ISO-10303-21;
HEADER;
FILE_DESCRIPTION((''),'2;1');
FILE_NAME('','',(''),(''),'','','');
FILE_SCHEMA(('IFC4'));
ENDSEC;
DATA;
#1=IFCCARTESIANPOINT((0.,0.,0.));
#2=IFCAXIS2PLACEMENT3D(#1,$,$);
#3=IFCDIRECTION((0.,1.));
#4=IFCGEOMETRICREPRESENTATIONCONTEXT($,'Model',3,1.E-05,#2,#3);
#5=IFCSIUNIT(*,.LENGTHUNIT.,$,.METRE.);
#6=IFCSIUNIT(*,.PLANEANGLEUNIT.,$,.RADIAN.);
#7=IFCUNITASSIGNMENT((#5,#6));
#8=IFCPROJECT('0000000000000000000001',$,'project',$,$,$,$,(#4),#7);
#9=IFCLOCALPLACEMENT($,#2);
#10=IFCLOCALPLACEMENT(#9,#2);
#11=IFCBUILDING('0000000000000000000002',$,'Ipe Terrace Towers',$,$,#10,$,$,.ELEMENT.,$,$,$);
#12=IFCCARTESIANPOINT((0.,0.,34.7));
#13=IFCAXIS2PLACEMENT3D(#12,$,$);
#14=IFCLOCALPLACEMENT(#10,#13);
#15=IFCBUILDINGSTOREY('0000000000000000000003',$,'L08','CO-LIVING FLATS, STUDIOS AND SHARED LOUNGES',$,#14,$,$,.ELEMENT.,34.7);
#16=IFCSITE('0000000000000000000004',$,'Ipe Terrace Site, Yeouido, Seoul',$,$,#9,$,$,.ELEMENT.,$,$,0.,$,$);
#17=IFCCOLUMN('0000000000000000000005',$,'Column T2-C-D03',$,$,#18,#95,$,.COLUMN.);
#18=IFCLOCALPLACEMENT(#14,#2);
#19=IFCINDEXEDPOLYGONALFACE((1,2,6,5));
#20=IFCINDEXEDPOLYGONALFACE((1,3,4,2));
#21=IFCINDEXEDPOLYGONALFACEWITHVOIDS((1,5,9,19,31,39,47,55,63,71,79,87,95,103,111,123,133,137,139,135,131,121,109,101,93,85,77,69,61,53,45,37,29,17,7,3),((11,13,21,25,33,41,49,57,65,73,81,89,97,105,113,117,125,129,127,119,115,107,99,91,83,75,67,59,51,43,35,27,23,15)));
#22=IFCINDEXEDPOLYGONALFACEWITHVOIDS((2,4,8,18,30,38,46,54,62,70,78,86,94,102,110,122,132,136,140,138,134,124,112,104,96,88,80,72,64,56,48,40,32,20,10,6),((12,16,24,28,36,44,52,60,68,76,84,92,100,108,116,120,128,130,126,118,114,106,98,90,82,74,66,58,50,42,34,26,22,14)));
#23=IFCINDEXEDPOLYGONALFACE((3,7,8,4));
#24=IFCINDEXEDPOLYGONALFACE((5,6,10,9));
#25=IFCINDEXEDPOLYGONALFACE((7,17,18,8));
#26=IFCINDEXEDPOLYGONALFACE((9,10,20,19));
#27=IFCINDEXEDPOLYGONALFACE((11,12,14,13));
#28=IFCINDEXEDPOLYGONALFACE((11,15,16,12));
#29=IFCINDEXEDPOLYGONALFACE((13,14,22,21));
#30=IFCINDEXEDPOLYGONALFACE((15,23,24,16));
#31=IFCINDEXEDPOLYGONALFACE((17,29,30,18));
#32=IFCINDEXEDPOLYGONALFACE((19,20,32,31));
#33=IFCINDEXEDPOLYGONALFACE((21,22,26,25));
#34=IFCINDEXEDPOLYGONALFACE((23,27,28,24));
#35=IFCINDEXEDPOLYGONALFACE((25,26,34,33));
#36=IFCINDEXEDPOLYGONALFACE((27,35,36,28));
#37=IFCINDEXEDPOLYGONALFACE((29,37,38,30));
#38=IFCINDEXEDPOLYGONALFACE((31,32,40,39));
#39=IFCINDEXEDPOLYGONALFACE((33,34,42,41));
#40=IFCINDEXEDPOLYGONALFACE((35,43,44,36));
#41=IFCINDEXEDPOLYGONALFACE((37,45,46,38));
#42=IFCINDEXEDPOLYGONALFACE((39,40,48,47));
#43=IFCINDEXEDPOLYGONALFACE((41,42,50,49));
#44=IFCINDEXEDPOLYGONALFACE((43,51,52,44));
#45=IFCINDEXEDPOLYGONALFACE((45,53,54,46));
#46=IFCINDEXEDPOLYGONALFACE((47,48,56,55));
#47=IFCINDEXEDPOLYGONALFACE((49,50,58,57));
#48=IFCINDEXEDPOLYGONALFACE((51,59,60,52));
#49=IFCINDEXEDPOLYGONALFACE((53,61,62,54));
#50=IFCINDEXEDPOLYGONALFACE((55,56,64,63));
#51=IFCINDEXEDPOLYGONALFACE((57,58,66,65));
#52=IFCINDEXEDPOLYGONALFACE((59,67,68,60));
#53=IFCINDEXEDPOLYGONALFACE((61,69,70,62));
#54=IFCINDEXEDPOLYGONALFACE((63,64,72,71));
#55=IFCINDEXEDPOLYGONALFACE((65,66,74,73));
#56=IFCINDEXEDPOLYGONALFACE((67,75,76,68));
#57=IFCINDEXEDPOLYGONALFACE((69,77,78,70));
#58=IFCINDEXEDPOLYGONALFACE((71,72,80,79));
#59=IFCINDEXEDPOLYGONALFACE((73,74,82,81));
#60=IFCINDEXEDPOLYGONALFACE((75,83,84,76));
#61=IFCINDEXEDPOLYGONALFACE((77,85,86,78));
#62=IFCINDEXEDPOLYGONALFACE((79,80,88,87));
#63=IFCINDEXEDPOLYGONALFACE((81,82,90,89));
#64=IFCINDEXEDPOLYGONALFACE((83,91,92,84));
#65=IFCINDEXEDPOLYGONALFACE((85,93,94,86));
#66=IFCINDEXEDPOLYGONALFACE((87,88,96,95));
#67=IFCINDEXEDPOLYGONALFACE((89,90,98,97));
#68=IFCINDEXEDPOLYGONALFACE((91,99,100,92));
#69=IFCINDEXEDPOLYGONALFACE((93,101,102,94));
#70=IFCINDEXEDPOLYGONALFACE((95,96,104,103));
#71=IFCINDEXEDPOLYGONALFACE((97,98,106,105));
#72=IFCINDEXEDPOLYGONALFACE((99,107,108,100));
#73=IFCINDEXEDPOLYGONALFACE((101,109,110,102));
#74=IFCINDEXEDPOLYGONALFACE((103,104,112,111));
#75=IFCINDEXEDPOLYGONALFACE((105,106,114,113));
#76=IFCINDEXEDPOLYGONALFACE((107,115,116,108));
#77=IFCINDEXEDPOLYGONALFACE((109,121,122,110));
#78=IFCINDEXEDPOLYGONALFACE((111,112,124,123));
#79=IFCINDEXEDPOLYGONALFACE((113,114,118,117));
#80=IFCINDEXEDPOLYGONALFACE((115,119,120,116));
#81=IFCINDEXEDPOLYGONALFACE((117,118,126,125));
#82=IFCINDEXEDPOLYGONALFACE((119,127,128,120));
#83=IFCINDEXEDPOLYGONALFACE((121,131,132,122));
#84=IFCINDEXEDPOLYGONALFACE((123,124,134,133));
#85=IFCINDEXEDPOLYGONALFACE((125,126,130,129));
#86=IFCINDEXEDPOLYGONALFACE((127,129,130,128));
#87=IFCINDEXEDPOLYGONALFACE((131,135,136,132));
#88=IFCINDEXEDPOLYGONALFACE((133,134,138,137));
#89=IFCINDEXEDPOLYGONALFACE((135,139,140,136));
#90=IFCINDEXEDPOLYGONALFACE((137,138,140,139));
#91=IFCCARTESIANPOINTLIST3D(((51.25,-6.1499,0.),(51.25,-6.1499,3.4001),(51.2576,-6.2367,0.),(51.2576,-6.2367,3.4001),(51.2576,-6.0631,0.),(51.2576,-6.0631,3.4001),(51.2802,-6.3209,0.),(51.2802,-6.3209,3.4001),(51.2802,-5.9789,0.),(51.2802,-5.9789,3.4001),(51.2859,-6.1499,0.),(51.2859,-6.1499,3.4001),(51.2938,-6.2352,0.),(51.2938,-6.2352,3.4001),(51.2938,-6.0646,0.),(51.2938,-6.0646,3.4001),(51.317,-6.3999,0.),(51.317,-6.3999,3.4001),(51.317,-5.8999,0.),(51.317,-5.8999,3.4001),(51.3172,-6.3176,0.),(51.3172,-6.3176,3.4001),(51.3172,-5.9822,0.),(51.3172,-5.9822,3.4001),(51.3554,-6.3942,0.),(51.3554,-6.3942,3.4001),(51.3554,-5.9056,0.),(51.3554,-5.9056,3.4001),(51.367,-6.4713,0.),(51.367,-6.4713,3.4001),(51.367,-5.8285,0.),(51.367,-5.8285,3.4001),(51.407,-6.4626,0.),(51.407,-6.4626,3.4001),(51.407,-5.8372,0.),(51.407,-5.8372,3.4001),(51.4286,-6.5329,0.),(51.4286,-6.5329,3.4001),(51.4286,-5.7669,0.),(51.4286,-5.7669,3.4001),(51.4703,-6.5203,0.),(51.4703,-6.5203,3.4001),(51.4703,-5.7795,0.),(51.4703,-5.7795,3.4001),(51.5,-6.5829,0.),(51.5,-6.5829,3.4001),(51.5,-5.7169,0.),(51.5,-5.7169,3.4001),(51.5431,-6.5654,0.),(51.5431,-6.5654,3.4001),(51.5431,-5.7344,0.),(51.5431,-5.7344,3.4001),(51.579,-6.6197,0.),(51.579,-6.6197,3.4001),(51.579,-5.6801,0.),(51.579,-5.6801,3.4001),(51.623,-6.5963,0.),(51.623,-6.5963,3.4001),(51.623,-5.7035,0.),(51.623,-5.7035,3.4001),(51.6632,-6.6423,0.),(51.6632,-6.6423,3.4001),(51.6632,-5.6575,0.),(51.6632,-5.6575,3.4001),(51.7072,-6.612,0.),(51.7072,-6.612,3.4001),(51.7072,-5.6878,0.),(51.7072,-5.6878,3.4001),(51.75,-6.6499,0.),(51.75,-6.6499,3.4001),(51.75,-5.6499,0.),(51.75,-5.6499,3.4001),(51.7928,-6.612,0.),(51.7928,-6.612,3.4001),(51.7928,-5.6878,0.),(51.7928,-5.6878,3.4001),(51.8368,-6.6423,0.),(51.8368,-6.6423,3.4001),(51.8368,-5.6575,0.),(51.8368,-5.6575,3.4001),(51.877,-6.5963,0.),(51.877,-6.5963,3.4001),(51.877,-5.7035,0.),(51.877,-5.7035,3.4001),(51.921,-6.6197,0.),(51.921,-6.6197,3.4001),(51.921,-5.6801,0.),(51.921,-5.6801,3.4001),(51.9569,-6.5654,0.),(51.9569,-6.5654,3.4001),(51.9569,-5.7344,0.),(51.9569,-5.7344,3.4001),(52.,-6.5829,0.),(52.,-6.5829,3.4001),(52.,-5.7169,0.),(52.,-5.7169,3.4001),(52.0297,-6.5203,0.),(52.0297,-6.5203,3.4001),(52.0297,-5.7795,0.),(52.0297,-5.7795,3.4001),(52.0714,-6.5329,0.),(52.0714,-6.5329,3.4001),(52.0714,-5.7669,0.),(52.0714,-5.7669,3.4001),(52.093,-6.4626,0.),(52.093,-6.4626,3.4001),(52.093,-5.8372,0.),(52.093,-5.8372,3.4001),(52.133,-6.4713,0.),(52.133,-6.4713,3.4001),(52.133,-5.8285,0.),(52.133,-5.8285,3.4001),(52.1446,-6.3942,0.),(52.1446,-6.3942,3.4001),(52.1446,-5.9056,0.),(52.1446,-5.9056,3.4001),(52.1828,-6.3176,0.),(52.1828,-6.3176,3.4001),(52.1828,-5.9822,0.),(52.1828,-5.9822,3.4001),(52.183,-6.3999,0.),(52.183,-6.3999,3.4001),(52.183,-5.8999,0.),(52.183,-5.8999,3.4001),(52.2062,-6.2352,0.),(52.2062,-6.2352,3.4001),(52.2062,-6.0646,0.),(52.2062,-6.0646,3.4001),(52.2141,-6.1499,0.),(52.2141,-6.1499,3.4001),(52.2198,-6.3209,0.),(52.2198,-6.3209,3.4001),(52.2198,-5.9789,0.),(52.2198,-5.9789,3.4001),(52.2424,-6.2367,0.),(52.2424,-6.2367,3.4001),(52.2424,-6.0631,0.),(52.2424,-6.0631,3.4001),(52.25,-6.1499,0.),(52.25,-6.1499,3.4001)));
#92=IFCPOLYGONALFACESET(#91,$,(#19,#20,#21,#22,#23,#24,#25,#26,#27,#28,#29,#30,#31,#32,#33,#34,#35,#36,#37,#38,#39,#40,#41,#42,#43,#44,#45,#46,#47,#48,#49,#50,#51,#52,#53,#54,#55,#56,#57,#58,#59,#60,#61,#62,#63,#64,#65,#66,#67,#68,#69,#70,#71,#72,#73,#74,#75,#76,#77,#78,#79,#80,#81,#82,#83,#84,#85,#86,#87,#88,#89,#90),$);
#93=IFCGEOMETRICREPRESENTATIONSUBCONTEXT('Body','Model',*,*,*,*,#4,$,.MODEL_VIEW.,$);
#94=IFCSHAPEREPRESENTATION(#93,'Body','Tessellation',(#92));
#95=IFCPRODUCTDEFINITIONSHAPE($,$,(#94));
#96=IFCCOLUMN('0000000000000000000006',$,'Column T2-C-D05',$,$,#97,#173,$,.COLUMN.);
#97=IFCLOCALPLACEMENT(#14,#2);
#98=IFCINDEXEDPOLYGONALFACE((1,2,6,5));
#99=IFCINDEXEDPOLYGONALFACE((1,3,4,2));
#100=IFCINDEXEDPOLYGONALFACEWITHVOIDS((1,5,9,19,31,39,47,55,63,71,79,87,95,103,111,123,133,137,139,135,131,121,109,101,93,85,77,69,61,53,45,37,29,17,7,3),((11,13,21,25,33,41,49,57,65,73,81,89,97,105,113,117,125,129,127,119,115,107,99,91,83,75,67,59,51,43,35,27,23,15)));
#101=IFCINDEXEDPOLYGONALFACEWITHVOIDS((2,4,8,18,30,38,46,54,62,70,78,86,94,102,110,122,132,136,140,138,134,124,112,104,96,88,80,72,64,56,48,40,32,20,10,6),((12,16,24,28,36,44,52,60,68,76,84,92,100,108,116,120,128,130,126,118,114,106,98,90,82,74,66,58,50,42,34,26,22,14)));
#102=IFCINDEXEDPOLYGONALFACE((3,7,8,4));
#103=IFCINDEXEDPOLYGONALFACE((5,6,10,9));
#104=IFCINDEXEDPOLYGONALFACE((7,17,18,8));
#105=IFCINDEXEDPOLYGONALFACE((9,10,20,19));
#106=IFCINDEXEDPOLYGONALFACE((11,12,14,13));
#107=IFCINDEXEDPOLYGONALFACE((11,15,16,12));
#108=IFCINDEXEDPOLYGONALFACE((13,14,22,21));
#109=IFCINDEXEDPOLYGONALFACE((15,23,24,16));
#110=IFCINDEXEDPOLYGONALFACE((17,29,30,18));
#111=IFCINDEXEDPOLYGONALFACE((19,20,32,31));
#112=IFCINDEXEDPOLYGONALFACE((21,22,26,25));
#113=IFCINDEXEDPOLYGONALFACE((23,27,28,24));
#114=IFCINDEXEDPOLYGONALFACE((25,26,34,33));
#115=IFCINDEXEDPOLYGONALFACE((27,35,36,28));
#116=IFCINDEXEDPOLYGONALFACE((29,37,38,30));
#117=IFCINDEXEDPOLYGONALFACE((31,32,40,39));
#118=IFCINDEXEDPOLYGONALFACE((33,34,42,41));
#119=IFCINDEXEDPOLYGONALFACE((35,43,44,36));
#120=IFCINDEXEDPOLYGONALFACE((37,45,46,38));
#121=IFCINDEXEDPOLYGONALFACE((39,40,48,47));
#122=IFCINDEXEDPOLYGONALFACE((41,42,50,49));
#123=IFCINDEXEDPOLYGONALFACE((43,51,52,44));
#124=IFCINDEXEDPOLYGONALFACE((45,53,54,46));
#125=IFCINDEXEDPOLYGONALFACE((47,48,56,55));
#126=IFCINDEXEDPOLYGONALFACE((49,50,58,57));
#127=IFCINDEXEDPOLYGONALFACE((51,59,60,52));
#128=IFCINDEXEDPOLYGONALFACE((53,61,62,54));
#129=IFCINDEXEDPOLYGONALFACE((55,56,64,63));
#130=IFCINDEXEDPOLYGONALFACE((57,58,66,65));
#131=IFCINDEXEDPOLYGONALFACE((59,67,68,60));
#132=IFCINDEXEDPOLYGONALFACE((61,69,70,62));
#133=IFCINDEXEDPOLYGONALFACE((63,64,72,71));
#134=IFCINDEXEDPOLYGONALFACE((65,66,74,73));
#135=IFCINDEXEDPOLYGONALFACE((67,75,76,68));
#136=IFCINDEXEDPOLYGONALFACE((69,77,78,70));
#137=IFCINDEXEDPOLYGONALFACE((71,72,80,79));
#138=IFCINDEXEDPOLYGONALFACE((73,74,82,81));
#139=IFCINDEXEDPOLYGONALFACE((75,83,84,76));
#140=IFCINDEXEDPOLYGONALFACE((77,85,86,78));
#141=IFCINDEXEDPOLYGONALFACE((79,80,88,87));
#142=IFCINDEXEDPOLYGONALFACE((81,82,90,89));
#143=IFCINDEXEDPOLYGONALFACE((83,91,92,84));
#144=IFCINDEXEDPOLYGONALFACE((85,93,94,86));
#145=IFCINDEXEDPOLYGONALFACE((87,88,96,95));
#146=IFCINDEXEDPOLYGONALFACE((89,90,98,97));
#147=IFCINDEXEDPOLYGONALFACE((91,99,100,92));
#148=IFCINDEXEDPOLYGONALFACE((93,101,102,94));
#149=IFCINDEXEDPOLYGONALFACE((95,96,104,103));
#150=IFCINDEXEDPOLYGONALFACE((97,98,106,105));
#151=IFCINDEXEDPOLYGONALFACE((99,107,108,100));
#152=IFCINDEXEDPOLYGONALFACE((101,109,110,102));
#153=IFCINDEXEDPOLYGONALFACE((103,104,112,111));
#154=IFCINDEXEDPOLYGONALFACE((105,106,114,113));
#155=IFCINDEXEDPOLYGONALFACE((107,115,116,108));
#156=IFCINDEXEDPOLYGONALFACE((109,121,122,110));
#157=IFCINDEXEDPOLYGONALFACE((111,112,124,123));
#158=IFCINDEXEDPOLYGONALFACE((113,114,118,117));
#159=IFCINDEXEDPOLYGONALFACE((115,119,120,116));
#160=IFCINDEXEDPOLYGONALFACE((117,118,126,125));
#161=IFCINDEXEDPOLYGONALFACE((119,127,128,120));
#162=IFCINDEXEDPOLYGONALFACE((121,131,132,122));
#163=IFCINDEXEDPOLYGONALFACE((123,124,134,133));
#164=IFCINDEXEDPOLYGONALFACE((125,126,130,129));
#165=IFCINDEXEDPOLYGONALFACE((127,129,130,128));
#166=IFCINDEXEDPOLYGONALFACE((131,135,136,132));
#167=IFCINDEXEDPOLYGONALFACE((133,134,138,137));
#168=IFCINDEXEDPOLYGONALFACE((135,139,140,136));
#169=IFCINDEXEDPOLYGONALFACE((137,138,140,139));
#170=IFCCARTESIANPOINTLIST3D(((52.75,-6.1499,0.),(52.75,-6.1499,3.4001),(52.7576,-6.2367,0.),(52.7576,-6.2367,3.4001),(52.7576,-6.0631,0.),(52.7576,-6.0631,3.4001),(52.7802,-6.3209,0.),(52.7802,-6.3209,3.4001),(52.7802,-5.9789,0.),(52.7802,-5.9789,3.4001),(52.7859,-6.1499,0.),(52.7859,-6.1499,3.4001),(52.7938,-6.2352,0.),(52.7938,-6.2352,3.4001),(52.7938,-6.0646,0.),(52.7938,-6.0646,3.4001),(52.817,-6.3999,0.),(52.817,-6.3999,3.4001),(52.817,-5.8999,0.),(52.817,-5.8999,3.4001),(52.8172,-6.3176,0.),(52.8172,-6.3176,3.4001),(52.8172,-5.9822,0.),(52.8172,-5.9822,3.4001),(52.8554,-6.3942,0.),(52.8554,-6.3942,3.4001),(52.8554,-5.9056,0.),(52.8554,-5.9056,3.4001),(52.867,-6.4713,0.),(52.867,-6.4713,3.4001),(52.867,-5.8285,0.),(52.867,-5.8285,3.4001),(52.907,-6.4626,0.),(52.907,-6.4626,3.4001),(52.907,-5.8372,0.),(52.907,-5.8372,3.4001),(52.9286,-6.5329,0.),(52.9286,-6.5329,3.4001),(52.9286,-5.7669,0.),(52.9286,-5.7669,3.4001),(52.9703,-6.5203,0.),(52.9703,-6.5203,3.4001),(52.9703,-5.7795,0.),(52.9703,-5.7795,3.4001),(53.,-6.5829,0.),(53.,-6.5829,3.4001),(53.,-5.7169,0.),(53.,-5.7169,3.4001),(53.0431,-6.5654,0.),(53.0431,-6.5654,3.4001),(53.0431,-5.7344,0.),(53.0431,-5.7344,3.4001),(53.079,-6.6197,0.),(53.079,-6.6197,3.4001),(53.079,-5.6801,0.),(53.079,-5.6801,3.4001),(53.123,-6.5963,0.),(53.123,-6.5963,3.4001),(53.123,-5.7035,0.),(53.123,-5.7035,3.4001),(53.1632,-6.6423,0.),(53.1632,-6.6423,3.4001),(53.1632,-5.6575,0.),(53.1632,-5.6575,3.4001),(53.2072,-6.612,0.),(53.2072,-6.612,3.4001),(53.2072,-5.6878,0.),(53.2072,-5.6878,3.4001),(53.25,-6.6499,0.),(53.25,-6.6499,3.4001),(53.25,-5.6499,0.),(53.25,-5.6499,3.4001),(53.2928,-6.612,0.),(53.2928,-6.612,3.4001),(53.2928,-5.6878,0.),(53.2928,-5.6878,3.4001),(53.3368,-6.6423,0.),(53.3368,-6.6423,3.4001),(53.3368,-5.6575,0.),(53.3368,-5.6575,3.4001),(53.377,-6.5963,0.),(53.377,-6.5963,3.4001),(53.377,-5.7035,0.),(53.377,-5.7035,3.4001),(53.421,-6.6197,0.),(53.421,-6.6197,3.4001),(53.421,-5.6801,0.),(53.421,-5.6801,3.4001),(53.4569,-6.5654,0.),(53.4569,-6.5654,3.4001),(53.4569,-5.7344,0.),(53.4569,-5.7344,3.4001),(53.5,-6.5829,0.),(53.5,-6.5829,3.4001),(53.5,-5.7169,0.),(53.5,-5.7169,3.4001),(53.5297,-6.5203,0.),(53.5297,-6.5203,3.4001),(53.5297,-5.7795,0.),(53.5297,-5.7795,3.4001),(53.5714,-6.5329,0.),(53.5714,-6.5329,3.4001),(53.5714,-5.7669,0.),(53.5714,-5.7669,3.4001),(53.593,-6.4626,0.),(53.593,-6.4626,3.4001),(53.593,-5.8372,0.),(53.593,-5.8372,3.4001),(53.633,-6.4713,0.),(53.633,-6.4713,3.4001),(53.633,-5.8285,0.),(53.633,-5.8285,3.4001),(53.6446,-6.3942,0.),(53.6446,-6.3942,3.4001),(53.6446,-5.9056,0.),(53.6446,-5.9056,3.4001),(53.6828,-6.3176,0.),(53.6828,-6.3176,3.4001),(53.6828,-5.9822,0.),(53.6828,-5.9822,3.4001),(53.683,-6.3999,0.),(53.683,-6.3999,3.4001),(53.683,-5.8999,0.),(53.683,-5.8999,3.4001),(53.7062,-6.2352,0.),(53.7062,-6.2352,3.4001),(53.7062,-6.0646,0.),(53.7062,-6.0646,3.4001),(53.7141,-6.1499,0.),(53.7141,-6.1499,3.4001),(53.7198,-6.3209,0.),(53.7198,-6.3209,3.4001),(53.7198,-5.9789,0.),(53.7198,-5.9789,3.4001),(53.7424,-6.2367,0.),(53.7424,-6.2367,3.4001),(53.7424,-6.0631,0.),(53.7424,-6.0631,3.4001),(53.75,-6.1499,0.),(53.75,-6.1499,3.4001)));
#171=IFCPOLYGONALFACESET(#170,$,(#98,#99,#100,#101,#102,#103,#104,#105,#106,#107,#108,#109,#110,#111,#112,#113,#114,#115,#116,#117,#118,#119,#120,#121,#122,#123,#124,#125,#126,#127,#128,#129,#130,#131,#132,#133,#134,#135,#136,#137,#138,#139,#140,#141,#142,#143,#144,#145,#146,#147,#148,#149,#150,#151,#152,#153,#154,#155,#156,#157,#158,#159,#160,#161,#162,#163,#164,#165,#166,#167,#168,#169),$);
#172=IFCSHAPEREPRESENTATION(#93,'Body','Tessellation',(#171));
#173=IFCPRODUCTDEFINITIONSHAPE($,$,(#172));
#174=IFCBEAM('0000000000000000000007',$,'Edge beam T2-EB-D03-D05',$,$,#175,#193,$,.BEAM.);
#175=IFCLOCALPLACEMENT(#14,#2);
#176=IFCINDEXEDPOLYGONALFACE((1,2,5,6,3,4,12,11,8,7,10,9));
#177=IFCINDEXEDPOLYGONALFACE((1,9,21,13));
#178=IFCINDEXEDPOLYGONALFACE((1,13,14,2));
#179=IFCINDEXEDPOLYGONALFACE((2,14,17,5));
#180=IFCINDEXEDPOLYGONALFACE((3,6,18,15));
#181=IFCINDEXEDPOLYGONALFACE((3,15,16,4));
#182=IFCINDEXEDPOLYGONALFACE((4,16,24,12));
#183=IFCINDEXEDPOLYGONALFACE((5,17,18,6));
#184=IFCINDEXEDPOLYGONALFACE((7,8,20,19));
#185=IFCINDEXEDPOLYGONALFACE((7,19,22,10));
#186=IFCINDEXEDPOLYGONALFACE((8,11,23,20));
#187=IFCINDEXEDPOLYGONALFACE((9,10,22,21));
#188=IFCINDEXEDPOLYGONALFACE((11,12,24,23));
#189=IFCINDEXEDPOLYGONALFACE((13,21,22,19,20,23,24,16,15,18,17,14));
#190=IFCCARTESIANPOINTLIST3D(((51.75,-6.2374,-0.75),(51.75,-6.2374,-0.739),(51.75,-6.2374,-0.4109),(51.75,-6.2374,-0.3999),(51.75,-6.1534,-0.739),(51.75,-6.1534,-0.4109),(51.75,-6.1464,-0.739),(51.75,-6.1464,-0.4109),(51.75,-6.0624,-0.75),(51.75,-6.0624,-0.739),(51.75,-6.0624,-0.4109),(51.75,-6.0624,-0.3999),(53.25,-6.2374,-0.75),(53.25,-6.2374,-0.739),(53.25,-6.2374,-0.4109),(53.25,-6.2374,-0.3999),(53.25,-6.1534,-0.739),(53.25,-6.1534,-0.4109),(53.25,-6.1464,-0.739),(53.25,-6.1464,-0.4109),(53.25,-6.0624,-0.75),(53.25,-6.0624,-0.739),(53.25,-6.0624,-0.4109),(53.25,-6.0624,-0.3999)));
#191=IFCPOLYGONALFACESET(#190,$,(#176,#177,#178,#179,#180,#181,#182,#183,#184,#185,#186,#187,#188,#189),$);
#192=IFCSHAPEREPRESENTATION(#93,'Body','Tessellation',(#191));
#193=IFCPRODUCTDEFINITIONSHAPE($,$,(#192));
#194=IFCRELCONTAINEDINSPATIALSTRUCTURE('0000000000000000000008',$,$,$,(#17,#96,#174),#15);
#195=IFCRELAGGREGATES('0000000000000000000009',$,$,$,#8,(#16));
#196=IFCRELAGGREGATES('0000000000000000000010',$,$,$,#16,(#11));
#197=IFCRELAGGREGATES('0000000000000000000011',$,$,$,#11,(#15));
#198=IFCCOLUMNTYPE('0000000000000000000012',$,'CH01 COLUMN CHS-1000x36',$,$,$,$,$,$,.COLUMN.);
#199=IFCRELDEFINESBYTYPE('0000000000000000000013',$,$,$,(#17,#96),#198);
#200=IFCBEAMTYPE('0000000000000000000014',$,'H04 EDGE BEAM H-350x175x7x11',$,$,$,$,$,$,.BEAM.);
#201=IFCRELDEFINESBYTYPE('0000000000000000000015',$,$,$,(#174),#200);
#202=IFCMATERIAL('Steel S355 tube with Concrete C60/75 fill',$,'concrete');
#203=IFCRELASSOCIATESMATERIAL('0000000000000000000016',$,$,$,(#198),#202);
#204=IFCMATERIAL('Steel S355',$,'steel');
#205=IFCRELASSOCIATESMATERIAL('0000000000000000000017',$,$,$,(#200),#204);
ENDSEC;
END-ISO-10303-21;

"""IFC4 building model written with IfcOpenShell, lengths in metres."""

from ifc_helpers import new_model, si_unit, direction, frame, origin, origin_2d, place, context, subcontext, project, spatial, hollow_circle, i_section, extrude, material, material_profile, profile_set, type_object, element, save


model = new_model("IFC4")

# Units and contexts
model_context = context("Model", 3, precision=1e-05, world=origin(), true_north=direction((0.0, 1.0)))
body_context = subcontext(model_context, "Body", "Model", "MODEL_VIEW")
ifc_project = project(units=[si_unit("LENGTHUNIT", "METRE"), si_unit("PLANEANGLEUNIT", "RADIAN")], contexts=[model_context])

# Site, building, storey
site_placement = place(None, origin())
site = spatial("IfcSite", under=ifc_project, at=site_placement, Name="Ipe Terrace Site, Yeouido, Seoul", CompositionType="ELEMENT", RefElevation=0.0)
building_placement = place(site_placement, origin())
building = spatial("IfcBuilding", under=site, at=building_placement, Name="Ipe Terrace Towers", CompositionType="ELEMENT")
storey_placement = place(building_placement, frame((0.0, 0.0, 34.7)))
storey = spatial("IfcBuildingStorey", under=building, at=storey_placement, Name="L08", Description="CO-LIVING FLATS, STUDIOS AND SHARED LOUNGES", CompositionType="ELEMENT", Elevation=34.7)

# Columns
ifc_material_1 = material(Name="Steel S355 tube with Concrete C60/75 fill", Category="concrete")
ifc_material_profile_1 = material_profile(ifc_material_1, hollow_circle(Radius=0.5, WallThickness=0.0359, at=origin_2d()), Name="CHS-1000x36")
ifc_profile_set_1 = profile_set([ifc_material_profile_1], Name="Steel S355 tube with Concrete C60/75 fill")
column_type = type_object("IfcColumnType", Name="CH01 COLUMN CHS-1000x36", PredefinedType="COLUMN", material=ifc_profile_set_1)
for number, where, z_axis, x_axis, name in (
    (1, (51.75, -6.1499, 0.0), (0.0, 0.0, 1.0), (1.0, 0.0, 0.0), "Column T2-C-D03"),
    (2, (53.25, -6.1499, 0.0), (0.0, 0.0, 1.0), (1.0, 0.0, 0.0), "Column T2-C-D05"),
):
    element("IfcColumn", number, at=place(storey_placement, frame(where, z_axis=z_axis, x_axis=x_axis)), inside=storey, type_object=column_type, Name=name, PredefinedType="COLUMN", context=body_context, shape_type="SweptSolid", body=[
        extrude(hollow_circle(Radius=0.5, WallThickness=0.0359, at=origin_2d()), origin(), (0.0, 0.0, 1.0), 3.4001),
    ])

# Beam
ifc_material_2 = material(Name="Steel S355", Category="steel")
ifc_material_profile_2 = material_profile(ifc_material_2, i_section(OverallWidth=0.175, OverallDepth=0.3501, WebThickness=0.0071, FlangeThickness=0.011, at=origin_2d()), Name="H-350x175x7x11")
ifc_profile_set_2 = profile_set([ifc_material_profile_2], Name="Steel S355")
beam_type = type_object("IfcBeamType", Name="H04 EDGE BEAM H-350x175x7x11", PredefinedType="BEAM", material=ifc_profile_set_2)
beam_placement = place(storey_placement, frame((51.75, -6.1499, -0.575), z_axis=(1.0, 0.0, 0.0), x_axis=(0.0, 1.0, 0.0)))
element("IfcBeam", 3, at=beam_placement, inside=storey, type_object=beam_type, Name="Edge beam T2-EB-D03-D05", PredefinedType="BEAM", context=body_context, shape_type="SweptSolid", body=[
    extrude(i_section(OverallWidth=0.175, OverallDepth=0.3501, WebThickness=0.0071, FlangeThickness=0.011, at=origin_2d()), origin(), (0.0, 0.0, 1.0), 1.5),
])

save(model, "model.ifc")
